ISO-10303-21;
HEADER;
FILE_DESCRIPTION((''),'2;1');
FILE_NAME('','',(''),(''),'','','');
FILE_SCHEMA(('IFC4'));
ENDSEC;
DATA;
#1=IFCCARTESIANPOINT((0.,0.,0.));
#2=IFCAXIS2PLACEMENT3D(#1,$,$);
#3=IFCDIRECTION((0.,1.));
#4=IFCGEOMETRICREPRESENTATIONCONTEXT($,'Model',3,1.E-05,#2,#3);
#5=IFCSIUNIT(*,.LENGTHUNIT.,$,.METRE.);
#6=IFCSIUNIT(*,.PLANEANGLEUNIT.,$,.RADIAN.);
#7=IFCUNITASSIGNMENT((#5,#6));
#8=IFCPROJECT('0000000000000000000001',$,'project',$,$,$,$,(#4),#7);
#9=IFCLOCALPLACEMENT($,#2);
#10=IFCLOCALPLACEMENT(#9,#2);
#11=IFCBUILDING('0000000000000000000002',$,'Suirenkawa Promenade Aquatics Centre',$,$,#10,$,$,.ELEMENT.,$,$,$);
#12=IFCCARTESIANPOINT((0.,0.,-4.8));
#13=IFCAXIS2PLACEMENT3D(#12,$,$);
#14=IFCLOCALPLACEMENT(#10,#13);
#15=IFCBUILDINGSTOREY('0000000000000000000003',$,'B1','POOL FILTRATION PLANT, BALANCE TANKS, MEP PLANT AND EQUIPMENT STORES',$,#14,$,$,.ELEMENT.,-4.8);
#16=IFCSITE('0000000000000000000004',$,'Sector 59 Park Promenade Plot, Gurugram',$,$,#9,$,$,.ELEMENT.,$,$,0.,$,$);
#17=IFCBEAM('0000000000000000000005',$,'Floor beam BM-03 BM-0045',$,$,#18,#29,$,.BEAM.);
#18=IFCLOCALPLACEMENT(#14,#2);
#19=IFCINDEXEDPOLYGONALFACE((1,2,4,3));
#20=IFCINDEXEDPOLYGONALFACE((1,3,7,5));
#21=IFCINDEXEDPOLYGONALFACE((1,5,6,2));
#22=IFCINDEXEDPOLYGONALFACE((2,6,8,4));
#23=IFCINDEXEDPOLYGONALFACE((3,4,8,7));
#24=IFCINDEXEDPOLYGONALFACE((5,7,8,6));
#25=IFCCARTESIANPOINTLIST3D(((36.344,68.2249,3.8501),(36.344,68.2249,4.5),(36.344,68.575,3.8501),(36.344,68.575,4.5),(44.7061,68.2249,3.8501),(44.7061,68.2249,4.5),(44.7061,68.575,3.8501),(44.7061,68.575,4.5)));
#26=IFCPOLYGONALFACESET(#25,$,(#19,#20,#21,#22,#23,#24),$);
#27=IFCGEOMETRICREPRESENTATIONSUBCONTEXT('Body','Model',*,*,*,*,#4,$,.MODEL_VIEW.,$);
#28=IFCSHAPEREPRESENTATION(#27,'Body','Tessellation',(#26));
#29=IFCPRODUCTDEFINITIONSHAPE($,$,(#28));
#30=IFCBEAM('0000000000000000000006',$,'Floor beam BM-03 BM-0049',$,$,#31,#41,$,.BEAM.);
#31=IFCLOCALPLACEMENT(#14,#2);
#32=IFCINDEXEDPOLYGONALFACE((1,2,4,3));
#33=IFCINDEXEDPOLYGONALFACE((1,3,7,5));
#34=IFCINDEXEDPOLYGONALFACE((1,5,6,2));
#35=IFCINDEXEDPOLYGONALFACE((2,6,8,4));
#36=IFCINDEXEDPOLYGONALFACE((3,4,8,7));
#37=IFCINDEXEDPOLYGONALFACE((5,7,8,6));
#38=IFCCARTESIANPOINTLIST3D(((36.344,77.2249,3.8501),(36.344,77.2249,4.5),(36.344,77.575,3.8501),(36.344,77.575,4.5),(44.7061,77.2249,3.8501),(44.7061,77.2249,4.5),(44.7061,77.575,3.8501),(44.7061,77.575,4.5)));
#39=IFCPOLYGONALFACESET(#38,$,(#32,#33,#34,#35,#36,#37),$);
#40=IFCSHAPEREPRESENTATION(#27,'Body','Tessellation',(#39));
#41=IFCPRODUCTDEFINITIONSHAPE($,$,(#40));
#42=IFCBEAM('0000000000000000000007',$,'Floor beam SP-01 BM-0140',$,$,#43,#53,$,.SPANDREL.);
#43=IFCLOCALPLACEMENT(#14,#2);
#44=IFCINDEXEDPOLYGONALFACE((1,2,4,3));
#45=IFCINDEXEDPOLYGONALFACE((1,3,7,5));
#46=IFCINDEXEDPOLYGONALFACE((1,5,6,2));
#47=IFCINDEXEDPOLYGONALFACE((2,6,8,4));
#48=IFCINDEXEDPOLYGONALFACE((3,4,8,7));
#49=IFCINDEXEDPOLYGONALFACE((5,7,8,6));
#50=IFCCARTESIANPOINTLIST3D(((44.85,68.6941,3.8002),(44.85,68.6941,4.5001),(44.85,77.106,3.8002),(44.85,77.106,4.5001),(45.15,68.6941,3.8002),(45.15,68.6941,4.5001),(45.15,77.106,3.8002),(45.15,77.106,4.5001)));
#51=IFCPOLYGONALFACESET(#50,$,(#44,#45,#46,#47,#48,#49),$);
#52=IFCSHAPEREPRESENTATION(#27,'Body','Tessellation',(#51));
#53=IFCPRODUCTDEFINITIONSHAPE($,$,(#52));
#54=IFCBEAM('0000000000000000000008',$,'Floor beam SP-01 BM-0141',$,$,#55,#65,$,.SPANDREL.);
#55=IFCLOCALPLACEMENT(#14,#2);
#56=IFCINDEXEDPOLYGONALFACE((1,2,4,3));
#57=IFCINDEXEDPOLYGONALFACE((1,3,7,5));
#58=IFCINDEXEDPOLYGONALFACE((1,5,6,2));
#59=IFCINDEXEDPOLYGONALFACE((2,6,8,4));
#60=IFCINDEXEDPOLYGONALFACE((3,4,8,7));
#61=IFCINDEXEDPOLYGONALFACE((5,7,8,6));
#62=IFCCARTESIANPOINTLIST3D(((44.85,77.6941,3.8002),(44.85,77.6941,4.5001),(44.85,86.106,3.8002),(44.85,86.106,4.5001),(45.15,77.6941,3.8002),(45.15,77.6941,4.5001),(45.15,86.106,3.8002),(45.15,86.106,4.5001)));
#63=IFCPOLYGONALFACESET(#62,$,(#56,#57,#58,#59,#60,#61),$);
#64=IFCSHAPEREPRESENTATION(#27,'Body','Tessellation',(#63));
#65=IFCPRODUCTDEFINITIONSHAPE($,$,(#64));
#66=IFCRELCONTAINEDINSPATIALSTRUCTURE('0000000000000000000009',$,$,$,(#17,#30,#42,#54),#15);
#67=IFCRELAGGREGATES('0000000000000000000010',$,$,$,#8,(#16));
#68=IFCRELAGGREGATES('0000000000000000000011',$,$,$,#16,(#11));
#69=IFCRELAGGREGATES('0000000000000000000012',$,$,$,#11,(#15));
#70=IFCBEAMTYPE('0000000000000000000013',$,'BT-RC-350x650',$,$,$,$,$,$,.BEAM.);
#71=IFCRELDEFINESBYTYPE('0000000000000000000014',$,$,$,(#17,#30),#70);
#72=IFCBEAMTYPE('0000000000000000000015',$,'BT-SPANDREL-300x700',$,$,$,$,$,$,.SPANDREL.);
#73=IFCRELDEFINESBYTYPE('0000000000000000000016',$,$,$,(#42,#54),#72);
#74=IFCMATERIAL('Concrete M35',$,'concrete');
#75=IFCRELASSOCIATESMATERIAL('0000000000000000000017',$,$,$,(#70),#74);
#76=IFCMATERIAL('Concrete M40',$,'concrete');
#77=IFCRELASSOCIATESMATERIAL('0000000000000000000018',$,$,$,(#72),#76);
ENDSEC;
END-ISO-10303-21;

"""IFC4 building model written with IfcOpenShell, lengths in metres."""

from ifc_helpers import new_model, si_unit, direction, frame, origin, origin_2d, place, context, subcontext, project, spatial, rectangle, extrude, material, material_profile, profile_set, type_object, element, save


model = new_model("IFC4")

# Units and contexts
model_context = context("Model", 3, precision=1e-05, world=origin(), true_north=direction((0.0, 1.0)))
body_context = subcontext(model_context, "Body", "Model", "MODEL_VIEW")
ifc_project = project(units=[si_unit("LENGTHUNIT", "METRE"), si_unit("PLANEANGLEUNIT", "RADIAN")], contexts=[model_context])

# Site, building, storey
site_placement = place(None, origin())
site = spatial("IfcSite", under=ifc_project, at=site_placement, Name="Sector 59 Park Promenade Plot, Gurugram", CompositionType="ELEMENT", RefElevation=0.0)
building_placement = place(site_placement, origin())
building = spatial("IfcBuilding", under=site, at=building_placement, Name="Suirenkawa Promenade Aquatics Centre", CompositionType="ELEMENT")
storey_placement = place(building_placement, frame((0.0, 0.0, -4.8)))
storey = spatial("IfcBuildingStorey", under=building, at=storey_placement, Name="B1", Description="POOL FILTRATION PLANT, BALANCE TANKS, MEP PLANT AND EQUIPMENT STORES", CompositionType="ELEMENT", Elevation=-4.8)

# Shared definitions
ifc_material_1 = material(Name="Concrete M35", Category="concrete")

# Shared definitions
ifc_material_2 = material(Name="Concrete M40", Category="concrete")

# Beams
ifc_material_profile_1 = material_profile(ifc_material_1, rectangle(XDim=0.3501, YDim=0.6499, at=origin_2d()), Name="RC BM 350x650", Category="concrete")
ifc_profile_set_1 = profile_set([ifc_material_profile_1], Name="Concrete M35")
beam_type_1 = type_object("IfcBeamType", Name="BT-RC-350x650", PredefinedType="BEAM", material=ifc_profile_set_1)
for number, where, z_axis, x_axis, name in (
    (1, (36.344, 68.3999, 4.175), (1.0, 0.0, 0.0), (0.0, 1.0, 0.0), "Floor beam BM-03 BM-0045"),
    (2, (36.344, 77.3999, 4.175), (1.0, 0.0, 0.0), (0.0, 1.0, 0.0), "Floor beam BM-03 BM-0049"),
):
    element("IfcBeam", number, at=place(storey_placement, frame(where, z_axis=z_axis, x_axis=x_axis)), inside=storey, type_object=beam_type_1, Name=name, PredefinedType="BEAM", context=body_context, shape_type="SweptSolid", body=[
        extrude(rectangle(XDim=0.3501, YDim=0.6499, at=origin_2d()), origin(), (0.0, 0.0, 1.0), 8.3621),
    ])
ifc_material_profile_2 = material_profile(ifc_material_2, rectangle(XDim=0.3, YDim=0.7, at=origin_2d()), Name="RC SPANDREL 300x700", Category="concrete")
ifc_profile_set_2 = profile_set([ifc_material_profile_2], Name="Concrete M40")
beam_type_2 = type_object("IfcBeamType", Name="BT-SPANDREL-300x700", PredefinedType="SPANDREL", material=ifc_profile_set_2)
for number, where, z_axis, x_axis, name in (
    (3, (45.0, 68.6941, 4.1501), (0.0, 1.0, 0.0), (-1.0, 0.0, 0.0), "Floor beam SP-01 BM-0140"),
    (4, (45.0, 77.6941, 4.1501), (0.0, 1.0, 0.0), (-1.0, 0.0, 0.0), "Floor beam SP-01 BM-0141"),
):
    element("IfcBeam", number, at=place(storey_placement, frame(where, z_axis=z_axis, x_axis=x_axis)), inside=storey, type_object=beam_type_2, Name=name, PredefinedType="SPANDREL", context=body_context, shape_type="SweptSolid", body=[
        extrude(rectangle(XDim=0.3, YDim=0.7, at=origin_2d()), origin(), (0.0, 0.0, 1.0), 8.4119),
    ])

save(model, "model.ifc")
